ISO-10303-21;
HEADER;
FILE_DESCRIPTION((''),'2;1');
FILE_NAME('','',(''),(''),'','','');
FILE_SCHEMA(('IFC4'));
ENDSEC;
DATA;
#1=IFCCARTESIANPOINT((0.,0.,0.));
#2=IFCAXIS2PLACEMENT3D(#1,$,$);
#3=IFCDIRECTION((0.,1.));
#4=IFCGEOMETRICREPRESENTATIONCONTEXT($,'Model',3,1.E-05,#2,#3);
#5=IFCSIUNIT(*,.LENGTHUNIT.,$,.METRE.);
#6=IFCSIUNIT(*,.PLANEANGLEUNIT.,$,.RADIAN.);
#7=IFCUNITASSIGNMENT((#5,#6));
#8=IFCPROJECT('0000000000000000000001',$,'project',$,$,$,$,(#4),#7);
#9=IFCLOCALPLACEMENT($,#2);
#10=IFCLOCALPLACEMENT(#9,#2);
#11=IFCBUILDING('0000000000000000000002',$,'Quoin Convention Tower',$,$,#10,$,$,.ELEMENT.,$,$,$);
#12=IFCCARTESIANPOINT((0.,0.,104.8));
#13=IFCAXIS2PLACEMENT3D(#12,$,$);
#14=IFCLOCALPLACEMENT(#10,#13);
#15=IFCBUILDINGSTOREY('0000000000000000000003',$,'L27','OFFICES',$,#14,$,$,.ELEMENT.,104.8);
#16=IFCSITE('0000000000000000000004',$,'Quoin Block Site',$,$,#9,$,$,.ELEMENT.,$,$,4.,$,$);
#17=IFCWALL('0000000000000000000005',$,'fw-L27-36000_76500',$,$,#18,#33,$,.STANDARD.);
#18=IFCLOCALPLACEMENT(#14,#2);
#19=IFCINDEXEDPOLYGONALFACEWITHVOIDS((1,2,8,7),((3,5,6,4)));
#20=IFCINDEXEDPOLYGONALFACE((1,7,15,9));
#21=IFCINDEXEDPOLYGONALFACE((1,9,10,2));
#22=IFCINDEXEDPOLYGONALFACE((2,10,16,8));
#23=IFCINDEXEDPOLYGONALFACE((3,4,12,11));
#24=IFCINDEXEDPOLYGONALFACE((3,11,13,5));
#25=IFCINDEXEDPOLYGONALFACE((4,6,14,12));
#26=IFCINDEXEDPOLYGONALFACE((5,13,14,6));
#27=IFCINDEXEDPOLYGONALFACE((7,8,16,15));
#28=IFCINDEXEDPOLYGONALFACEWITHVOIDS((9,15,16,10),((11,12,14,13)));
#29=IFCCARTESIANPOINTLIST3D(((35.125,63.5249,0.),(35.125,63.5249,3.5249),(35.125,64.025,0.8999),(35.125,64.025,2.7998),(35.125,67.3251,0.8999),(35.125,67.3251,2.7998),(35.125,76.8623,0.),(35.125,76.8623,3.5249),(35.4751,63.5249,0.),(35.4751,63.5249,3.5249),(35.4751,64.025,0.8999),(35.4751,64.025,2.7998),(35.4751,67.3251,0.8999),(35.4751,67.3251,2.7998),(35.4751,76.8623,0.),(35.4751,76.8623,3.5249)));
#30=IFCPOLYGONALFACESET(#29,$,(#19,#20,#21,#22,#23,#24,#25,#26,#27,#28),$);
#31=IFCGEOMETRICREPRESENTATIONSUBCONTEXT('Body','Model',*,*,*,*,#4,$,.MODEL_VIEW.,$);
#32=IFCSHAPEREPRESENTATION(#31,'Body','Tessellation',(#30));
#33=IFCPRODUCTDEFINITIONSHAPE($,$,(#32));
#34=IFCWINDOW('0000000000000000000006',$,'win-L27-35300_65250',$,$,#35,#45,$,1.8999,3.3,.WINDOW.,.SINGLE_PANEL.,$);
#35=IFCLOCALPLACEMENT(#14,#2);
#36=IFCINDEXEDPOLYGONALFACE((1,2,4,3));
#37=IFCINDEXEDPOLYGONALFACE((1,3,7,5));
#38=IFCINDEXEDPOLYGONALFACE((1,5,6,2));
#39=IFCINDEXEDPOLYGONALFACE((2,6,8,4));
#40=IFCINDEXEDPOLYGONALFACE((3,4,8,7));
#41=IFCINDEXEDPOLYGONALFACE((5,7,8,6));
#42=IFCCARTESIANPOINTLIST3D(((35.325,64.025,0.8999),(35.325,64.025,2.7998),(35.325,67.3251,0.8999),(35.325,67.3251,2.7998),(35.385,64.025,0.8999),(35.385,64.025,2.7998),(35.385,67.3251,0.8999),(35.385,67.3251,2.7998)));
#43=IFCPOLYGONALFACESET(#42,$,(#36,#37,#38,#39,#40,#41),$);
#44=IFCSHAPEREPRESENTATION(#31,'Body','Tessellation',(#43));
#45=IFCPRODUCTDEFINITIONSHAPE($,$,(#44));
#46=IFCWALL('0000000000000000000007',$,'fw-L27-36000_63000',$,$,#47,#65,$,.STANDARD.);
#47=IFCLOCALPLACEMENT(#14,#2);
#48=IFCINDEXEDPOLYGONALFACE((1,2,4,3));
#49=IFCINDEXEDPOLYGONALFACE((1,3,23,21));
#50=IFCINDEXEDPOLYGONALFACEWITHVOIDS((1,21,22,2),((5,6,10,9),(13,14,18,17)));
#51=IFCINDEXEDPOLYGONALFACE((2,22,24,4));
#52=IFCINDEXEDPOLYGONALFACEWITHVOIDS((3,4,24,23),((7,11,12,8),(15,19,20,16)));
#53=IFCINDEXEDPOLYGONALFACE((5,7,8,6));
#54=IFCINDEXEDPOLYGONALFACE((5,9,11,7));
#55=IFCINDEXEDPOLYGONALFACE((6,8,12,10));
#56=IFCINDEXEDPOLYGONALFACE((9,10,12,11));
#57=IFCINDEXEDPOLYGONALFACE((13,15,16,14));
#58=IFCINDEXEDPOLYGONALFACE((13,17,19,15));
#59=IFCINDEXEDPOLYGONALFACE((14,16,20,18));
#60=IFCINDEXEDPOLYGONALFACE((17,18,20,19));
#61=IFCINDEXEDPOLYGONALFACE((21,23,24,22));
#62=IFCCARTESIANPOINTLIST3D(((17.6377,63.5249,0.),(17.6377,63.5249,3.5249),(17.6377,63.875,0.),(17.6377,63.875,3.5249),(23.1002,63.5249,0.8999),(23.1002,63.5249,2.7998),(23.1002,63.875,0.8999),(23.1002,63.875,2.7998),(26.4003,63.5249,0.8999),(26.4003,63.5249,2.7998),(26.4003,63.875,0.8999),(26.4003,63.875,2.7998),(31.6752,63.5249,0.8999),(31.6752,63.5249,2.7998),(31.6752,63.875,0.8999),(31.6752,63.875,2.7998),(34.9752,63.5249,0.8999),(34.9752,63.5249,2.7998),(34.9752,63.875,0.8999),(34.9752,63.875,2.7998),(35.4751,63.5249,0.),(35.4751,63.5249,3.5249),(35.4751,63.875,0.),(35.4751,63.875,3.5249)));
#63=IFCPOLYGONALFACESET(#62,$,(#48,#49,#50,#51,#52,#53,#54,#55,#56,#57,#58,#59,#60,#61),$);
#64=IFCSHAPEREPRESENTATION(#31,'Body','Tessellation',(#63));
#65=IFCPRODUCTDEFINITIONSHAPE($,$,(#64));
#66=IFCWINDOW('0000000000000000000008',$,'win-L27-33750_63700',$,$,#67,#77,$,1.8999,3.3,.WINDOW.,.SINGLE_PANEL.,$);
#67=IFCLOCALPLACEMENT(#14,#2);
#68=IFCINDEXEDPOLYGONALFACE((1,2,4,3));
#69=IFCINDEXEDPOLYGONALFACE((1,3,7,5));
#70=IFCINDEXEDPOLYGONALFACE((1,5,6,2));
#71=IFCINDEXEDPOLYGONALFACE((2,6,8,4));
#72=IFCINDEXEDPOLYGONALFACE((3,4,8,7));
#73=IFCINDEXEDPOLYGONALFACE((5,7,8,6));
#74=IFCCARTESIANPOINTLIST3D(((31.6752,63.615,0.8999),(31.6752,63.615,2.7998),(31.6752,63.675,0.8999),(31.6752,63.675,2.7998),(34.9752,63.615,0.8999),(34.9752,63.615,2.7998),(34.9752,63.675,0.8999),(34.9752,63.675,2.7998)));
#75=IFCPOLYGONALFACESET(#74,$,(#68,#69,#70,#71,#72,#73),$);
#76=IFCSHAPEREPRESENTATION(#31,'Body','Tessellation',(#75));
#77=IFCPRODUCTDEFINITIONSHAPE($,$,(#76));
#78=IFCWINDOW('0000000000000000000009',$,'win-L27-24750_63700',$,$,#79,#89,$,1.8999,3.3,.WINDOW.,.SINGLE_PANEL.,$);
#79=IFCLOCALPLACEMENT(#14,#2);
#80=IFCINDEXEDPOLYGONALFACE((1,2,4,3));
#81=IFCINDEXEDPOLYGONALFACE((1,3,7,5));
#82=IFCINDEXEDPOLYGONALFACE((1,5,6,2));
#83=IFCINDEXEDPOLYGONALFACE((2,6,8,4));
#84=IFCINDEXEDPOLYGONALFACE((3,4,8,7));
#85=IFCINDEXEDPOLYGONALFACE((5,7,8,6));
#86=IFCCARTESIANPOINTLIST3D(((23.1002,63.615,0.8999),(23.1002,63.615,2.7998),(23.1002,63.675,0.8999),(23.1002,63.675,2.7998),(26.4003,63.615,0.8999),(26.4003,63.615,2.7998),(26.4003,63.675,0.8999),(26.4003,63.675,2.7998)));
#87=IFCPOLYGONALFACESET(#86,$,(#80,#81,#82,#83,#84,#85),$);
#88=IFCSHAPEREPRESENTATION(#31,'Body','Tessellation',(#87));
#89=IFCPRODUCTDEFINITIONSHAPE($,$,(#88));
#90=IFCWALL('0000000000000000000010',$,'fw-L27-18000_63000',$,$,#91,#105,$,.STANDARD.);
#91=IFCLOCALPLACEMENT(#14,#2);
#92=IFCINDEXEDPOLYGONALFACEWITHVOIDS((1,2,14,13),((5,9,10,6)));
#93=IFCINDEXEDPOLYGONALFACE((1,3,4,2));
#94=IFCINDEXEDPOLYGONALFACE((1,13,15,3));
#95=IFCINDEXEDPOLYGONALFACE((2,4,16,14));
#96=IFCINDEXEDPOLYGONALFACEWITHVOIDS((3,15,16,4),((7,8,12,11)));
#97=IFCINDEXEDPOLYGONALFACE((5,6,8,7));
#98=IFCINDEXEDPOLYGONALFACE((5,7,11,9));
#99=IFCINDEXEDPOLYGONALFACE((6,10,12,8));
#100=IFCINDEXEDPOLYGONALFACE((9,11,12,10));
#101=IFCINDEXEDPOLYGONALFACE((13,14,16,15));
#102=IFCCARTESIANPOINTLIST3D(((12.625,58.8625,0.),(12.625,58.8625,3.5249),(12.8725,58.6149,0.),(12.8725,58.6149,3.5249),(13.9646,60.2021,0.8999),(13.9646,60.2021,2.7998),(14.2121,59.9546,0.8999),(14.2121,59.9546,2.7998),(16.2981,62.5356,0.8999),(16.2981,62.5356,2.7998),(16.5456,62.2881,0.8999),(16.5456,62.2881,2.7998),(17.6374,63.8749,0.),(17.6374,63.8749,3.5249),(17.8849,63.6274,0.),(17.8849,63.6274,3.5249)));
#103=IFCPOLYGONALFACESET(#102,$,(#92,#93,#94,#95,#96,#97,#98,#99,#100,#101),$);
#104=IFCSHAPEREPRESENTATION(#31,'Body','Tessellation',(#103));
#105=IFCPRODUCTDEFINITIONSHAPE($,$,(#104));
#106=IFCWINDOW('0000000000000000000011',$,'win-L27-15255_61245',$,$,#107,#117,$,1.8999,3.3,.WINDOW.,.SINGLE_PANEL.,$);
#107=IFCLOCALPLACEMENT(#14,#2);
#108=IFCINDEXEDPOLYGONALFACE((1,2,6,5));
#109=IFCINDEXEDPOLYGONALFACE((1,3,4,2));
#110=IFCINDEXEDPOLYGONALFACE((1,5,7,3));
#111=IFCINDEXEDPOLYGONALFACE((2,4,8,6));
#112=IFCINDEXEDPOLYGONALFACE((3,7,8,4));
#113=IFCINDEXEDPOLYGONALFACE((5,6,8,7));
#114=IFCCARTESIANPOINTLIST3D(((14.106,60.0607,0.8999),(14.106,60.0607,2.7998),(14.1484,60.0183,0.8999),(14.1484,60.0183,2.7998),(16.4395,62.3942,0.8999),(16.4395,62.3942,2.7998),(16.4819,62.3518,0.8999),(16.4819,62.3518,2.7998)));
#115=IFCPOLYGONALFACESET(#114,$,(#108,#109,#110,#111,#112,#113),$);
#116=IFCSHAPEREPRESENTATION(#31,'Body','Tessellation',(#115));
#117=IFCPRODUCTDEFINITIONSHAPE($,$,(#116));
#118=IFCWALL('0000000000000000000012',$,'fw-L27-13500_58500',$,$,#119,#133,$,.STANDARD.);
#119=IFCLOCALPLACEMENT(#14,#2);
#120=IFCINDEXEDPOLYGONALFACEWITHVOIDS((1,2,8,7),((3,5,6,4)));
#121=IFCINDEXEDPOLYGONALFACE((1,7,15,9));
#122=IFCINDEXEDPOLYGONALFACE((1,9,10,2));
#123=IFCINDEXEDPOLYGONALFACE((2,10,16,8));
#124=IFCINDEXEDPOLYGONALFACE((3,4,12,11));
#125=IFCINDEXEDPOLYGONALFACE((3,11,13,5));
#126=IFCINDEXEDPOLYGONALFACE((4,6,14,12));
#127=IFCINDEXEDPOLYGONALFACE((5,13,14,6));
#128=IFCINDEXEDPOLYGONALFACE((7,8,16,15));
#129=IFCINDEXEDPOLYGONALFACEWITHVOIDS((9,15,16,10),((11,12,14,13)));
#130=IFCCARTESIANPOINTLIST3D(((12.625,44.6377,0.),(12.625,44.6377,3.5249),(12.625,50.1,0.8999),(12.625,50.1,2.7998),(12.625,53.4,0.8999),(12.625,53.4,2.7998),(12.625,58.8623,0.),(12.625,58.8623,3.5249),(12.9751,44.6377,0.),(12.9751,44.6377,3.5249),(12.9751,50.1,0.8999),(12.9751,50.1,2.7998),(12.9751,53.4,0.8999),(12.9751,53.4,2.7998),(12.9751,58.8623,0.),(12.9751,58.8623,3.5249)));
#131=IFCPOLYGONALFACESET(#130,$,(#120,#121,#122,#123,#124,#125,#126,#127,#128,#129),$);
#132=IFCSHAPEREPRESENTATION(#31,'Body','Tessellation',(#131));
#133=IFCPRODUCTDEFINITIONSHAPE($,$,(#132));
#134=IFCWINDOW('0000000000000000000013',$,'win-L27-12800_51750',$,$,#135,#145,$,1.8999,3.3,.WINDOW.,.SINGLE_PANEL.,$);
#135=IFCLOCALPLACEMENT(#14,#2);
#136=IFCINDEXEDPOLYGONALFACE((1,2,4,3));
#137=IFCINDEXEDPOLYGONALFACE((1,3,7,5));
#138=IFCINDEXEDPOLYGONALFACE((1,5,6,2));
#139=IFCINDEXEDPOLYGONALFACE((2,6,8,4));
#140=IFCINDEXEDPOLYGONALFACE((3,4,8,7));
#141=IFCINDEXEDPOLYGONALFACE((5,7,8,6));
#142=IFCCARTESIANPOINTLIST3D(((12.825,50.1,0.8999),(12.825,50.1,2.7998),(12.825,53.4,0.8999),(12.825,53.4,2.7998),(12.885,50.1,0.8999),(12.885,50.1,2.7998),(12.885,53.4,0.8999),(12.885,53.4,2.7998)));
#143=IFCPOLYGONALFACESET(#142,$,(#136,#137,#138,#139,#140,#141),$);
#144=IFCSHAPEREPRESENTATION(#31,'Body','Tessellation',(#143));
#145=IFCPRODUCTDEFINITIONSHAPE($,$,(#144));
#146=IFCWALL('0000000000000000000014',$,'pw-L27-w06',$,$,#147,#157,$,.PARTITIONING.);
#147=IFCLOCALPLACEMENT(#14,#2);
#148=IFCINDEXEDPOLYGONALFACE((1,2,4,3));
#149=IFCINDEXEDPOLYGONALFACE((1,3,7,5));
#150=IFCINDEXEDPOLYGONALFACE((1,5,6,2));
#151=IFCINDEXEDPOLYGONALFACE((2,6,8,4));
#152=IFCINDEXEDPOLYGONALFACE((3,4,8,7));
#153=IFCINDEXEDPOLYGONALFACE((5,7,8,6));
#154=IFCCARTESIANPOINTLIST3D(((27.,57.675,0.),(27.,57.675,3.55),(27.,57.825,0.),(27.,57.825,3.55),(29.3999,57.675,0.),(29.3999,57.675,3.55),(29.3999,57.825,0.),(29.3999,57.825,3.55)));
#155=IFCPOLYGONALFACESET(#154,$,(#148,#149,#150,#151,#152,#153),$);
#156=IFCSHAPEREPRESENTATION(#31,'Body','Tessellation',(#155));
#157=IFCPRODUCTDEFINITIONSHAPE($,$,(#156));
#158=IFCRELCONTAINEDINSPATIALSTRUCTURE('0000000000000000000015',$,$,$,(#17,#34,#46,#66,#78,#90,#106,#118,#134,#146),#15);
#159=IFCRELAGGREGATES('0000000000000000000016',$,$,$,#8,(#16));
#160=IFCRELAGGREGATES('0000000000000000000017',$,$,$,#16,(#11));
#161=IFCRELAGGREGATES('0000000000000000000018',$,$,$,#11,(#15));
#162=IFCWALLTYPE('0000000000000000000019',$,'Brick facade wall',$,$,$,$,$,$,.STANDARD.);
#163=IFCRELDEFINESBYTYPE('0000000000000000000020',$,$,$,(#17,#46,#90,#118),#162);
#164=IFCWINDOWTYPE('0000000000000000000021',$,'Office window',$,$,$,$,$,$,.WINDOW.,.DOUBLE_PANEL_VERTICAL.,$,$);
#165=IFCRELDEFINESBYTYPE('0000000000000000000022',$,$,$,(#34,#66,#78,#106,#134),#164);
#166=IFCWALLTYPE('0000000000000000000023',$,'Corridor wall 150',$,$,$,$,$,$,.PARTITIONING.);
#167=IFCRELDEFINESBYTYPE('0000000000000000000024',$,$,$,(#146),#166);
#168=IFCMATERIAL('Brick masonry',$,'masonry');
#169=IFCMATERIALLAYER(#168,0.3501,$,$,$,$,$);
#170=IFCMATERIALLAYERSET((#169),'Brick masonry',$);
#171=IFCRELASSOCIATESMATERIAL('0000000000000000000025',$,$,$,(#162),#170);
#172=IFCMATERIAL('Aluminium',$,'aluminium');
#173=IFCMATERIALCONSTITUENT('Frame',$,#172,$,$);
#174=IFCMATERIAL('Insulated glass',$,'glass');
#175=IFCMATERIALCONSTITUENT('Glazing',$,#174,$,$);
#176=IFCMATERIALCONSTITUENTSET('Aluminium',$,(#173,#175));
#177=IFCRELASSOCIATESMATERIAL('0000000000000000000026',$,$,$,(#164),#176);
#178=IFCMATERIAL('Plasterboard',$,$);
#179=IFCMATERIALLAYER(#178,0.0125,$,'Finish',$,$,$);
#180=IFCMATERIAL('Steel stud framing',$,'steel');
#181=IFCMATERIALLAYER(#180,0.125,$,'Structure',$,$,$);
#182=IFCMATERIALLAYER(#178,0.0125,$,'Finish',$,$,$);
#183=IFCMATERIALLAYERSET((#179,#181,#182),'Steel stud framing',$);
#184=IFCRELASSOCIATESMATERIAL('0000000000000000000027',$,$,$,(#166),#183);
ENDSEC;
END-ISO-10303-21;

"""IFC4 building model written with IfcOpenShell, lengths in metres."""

from ifc_helpers import new_model, si_unit, direction, frame, frame_2d, origin, place, context, subcontext, project, spatial, rectangle, extrude, material, layer, layer_set, constituent, constituent_set, type_object, element, fill, save


model = new_model("IFC4")

# Units and contexts
model_context = context("Model", 3, precision=1e-05, world=origin(), true_north=direction((0.0, 1.0)))
body_context = subcontext(model_context, "Body", "Model", "MODEL_VIEW")
ifc_project = project(units=[si_unit("LENGTHUNIT", "METRE"), si_unit("PLANEANGLEUNIT", "RADIAN")], contexts=[model_context])

# Site, building, storey
site_placement = place(None, origin())
site = spatial("IfcSite", under=ifc_project, at=site_placement, Name="Quoin Block Site", CompositionType="ELEMENT", RefElevation=4.0)
building_placement = place(site_placement, origin())
building = spatial("IfcBuilding", under=site, at=building_placement, Name="Quoin Convention Tower", CompositionType="ELEMENT")
storey_placement = place(building_placement, frame((0.0, 0.0, 104.8)))
storey = spatial("IfcBuildingStorey", under=building, at=storey_placement, Name="L27", Description="OFFICES", CompositionType="ELEMENT", Elevation=104.8)

# Wall, opening, window
ifc_material_1 = material(Name="Brick masonry", Category="masonry")
ifc_layer_1 = layer(ifc_material_1, 0.3501)
ifc_layer_set_1 = layer_set([ifc_layer_1], Name="Brick masonry")
wall_type_1 = type_object("IfcWallType", Name="Brick facade wall", PredefinedType="STANDARD", material=ifc_layer_set_1)
wall_1_placement = place(storey_placement, frame((35.3, 76.8623, 0.0), z_axis=(0.0, 0.0, 1.0), x_axis=(0.0, -1.0, 0.0)))
wall_1 = element("IfcWall", 1, at=wall_1_placement, inside=storey, type_object=wall_type_1, Name="fw-L27-36000_76500", PredefinedType="STANDARD", context=body_context, shape_type="SweptSolid", body=[
    extrude(rectangle(XDim=13.3374, YDim=0.3501, at=frame_2d((6.6687, 0.0))), origin(), (0.0, 0.0, 1.0), 3.5249),
])
opening_1_placement = place(wall_1_placement, frame((9.5374, 0.0, 0.8999)))
opening_1 = element("IfcOpeningElement", 2, at=opening_1_placement, cuts=wall_1, PredefinedType="OPENING", context=body_context, shape_type="SweptSolid", body=[
    extrude(rectangle(XDim=3.3, YDim=1.8999, at=frame_2d((1.6499, 0.95))), frame((0.0, 0.1851, 0.0), z_axis=(0.0, -1.0, 0.0), x_axis=(1.0, 0.0, 0.0)), (0.0, 0.0, 1.0), 0.3701),
])
ifc_material_2 = material(Name="Aluminium", Category="aluminium")
ifc_constituent_1 = constituent(ifc_material_2, Name="Frame")
ifc_material_3 = material(Name="Insulated glass", Category="glass")
ifc_constituent_2 = constituent(ifc_material_3, Name="Glazing")
ifc_constituent_set = constituent_set(constituents=[ifc_constituent_1, ifc_constituent_2], Name="Aluminium")
window_type = type_object("IfcWindowType", Name="Office window", PartitioningType="DOUBLE_PANEL_VERTICAL", PredefinedType="WINDOW", material=ifc_constituent_set)
window_1_placement = place(opening_1_placement, origin())
window_1 = element("IfcWindow", 3, at=window_1_placement, inside=storey, type_object=window_type, Name="win-L27-35300_65250", OverallHeight=1.8999, OverallWidth=3.3, PartitioningType="SINGLE_PANEL", PredefinedType="WINDOW", context=body_context, shape_type="SweptSolid", body=[
    extrude(rectangle(XDim=3.3, YDim=1.8999, at=frame_2d((1.6499, 0.95))), frame((0.0, 0.085, 0.0), z_axis=(0.0, -1.0, 0.0), x_axis=(1.0, 0.0, 0.0)), (0.0, 0.0, 1.0), 0.0601),
])
fill(opening_1, window_1)

# Wall, openings, windows
wall_2_placement = place(storey_placement, frame((35.4751, 63.7, 0.0), z_axis=(0.0, 0.0, 1.0), x_axis=(-1.0, 0.0, 0.0)))
wall_2 = element("IfcWall", 4, at=wall_2_placement, inside=storey, type_object=wall_type_1, Name="fw-L27-36000_63000", PredefinedType="STANDARD", context=body_context, shape_type="SweptSolid", body=[
    extrude(rectangle(XDim=17.8374, YDim=0.3501, at=frame_2d((8.9187, 0.0))), origin(), (0.0, 0.0, 1.0), 3.5249),
])
opening_2_placement = place(wall_2_placement, frame((0.5, 0.0, 0.8999)))
opening_2 = element("IfcOpeningElement", 5, at=opening_2_placement, cuts=wall_2, PredefinedType="OPENING", context=body_context, shape_type="SweptSolid", body=[
    extrude(rectangle(XDim=3.3, YDim=1.8999, at=frame_2d((1.6499, 0.95))), frame((0.0, 0.1851, 0.0), z_axis=(0.0, -1.0, 0.0), x_axis=(1.0, 0.0, 0.0)), (0.0, 0.0, 1.0), 0.3701),
])
opening_3_placement = place(wall_2_placement, frame((9.075, 0.0, 0.8999)))
opening_3 = element("IfcOpeningElement", 6, at=opening_3_placement, cuts=wall_2, PredefinedType="OPENING", context=body_context, shape_type="SweptSolid", body=[
    extrude(rectangle(XDim=3.3, YDim=1.8999, at=frame_2d((1.6499, 0.95))), frame((0.0, 0.1851, 0.0), z_axis=(0.0, -1.0, 0.0), x_axis=(1.0, 0.0, 0.0)), (0.0, 0.0, 1.0), 0.3701),
])
window_2_placement = place(opening_2_placement, origin())
window_2 = element("IfcWindow", 7, at=window_2_placement, inside=storey, type_object=window_type, Name="win-L27-33750_63700", OverallHeight=1.8999, OverallWidth=3.3, PartitioningType="SINGLE_PANEL", PredefinedType="WINDOW", context=body_context, shape_type="SweptSolid", body=[
    extrude(rectangle(XDim=3.3, YDim=1.8999, at=frame_2d((1.6499, 0.95))), frame((0.0, 0.085, 0.0), z_axis=(0.0, -1.0, 0.0), x_axis=(1.0, 0.0, 0.0)), (0.0, 0.0, 1.0), 0.0601),
])
fill(opening_2, window_2)
window_3_placement = place(opening_3_placement, origin())
window_3 = element("IfcWindow", 8, at=window_3_placement, inside=storey, type_object=window_type, Name="win-L27-24750_63700", OverallHeight=1.8999, OverallWidth=3.3, PartitioningType="SINGLE_PANEL", PredefinedType="WINDOW", context=body_context, shape_type="SweptSolid", body=[
    extrude(rectangle(XDim=3.3, YDim=1.8999, at=frame_2d((1.6499, 0.95))), frame((0.0, 0.085, 0.0), z_axis=(0.0, -1.0, 0.0), x_axis=(1.0, 0.0, 0.0)), (0.0, 0.0, 1.0), 0.0601),
])
fill(opening_3, window_3)

# Walls, openings, windows
wall_3_placement = place(storey_placement, frame((17.7612, 63.7512, 0.0), z_axis=(0.0, 0.0, 1.0), x_axis=(-0.707107, -0.707107, 0.0)))
wall_3 = element("IfcWall", 9, at=wall_3_placement, inside=storey, type_object=wall_type_1, Name="fw-L27-18000_63000", PredefinedType="STANDARD", context=body_context, shape_type="SweptSolid", body=[
    extrude(rectangle(XDim=7.0886, YDim=0.3501, at=frame_2d((3.5444, 0.0))), origin(), (0.0, 0.0, 1.0), 3.5249),
])
opening_4_placement = place(wall_3_placement, frame((1.8943, 0.0, 0.8999)))
opening_4 = element("IfcOpeningElement", 10, at=opening_4_placement, cuts=wall_3, PredefinedType="OPENING", context=body_context, shape_type="SweptSolid", body=[
    extrude(rectangle(XDim=3.3, YDim=1.8999, at=frame_2d((1.6499, 0.95))), frame((0.0, 0.1851, 0.0), z_axis=(0.0, -1.0, 0.0), x_axis=(1.0, 0.0, 0.0)), (0.0, 0.0, 1.0), 0.3701),
])
window_4_placement = place(opening_4_placement, origin())
window_4 = element("IfcWindow", 11, at=window_4_placement, inside=storey, type_object=window_type, Name="win-L27-15255_61245", OverallHeight=1.8999, OverallWidth=3.3, PartitioningType="SINGLE_PANEL", PredefinedType="WINDOW", context=body_context, shape_type="SweptSolid", body=[
    extrude(rectangle(XDim=3.3, YDim=1.8999, at=frame_2d((1.6499, 0.95))), frame((0.0, 0.085, 0.0), z_axis=(0.0, -1.0, 0.0), x_axis=(1.0, 0.0, 0.0)), (0.0, 0.0, 1.0), 0.0601),
])
fill(opening_4, window_4)
wall_4_placement = place(storey_placement, frame((12.8, 58.8623, 0.0), z_axis=(0.0, 0.0, 1.0), x_axis=(0.0, -1.0, 0.0)))
wall_4 = element("IfcWall", 12, at=wall_4_placement, inside=storey, type_object=wall_type_1, Name="fw-L27-13500_58500", PredefinedType="STANDARD", context=body_context, shape_type="SweptSolid", body=[
    extrude(rectangle(XDim=14.2246, YDim=0.3501, at=frame_2d((7.1123, 0.0))), origin(), (0.0, 0.0, 1.0), 3.5249),
])
opening_5_placement = place(wall_4_placement, frame((5.4624, 0.0, 0.8999)))
opening_5 = element("IfcOpeningElement", 13, at=opening_5_placement, cuts=wall_4, PredefinedType="OPENING", context=body_context, shape_type="SweptSolid", body=[
    extrude(rectangle(XDim=3.3, YDim=1.8999, at=frame_2d((1.6499, 0.95))), frame((0.0, 0.1851, 0.0), z_axis=(0.0, -1.0, 0.0), x_axis=(1.0, 0.0, 0.0)), (0.0, 0.0, 1.0), 0.3701),
])
window_5_placement = place(opening_5_placement, origin())
window_5 = element("IfcWindow", 14, at=window_5_placement, inside=storey, type_object=window_type, Name="win-L27-12800_51750", OverallHeight=1.8999, OverallWidth=3.3, PartitioningType="SINGLE_PANEL", PredefinedType="WINDOW", context=body_context, shape_type="SweptSolid", body=[
    extrude(rectangle(XDim=3.3, YDim=1.8999, at=frame_2d((1.6499, 0.95))), frame((0.0, 0.085, 0.0), z_axis=(0.0, -1.0, 0.0), x_axis=(1.0, 0.0, 0.0)), (0.0, 0.0, 1.0), 0.0601),
])
fill(opening_5, window_5)

# Wall
ifc_material_4 = material(Name="Plasterboard")
ifc_layer_2 = layer(ifc_material_4, 0.0125, Name="Finish")
ifc_material_5 = material(Name="Steel stud framing", Category="steel")
ifc_layer_3 = layer(ifc_material_5, 0.125, Name="Structure")
ifc_layer_4 = layer(ifc_material_4, 0.0125, Name="Finish")
ifc_layer_set_2 = layer_set([ifc_layer_2, ifc_layer_3, ifc_layer_4], Name="Steel stud framing")
wall_type_2 = type_object("IfcWallType", Name="Corridor wall 150", PredefinedType="PARTITIONING", material=ifc_layer_set_2)
wall_5_placement = place(storey_placement, frame((27.0, 57.75, 0.0), z_axis=(0.0, 0.0, 1.0), x_axis=(1.0, 0.0, 0.0)))
element("IfcWall", 15, at=wall_5_placement, inside=storey, type_object=wall_type_2, Name="pw-L27-w06", PredefinedType="PARTITIONING", context=body_context, shape_type="SweptSolid", body=[
    extrude(rectangle(XDim=2.3999, YDim=0.1499, at=frame_2d((1.2, 0.0))), origin(), (0.0, 0.0, 1.0), 3.55),
])

save(model, "model.ifc")
